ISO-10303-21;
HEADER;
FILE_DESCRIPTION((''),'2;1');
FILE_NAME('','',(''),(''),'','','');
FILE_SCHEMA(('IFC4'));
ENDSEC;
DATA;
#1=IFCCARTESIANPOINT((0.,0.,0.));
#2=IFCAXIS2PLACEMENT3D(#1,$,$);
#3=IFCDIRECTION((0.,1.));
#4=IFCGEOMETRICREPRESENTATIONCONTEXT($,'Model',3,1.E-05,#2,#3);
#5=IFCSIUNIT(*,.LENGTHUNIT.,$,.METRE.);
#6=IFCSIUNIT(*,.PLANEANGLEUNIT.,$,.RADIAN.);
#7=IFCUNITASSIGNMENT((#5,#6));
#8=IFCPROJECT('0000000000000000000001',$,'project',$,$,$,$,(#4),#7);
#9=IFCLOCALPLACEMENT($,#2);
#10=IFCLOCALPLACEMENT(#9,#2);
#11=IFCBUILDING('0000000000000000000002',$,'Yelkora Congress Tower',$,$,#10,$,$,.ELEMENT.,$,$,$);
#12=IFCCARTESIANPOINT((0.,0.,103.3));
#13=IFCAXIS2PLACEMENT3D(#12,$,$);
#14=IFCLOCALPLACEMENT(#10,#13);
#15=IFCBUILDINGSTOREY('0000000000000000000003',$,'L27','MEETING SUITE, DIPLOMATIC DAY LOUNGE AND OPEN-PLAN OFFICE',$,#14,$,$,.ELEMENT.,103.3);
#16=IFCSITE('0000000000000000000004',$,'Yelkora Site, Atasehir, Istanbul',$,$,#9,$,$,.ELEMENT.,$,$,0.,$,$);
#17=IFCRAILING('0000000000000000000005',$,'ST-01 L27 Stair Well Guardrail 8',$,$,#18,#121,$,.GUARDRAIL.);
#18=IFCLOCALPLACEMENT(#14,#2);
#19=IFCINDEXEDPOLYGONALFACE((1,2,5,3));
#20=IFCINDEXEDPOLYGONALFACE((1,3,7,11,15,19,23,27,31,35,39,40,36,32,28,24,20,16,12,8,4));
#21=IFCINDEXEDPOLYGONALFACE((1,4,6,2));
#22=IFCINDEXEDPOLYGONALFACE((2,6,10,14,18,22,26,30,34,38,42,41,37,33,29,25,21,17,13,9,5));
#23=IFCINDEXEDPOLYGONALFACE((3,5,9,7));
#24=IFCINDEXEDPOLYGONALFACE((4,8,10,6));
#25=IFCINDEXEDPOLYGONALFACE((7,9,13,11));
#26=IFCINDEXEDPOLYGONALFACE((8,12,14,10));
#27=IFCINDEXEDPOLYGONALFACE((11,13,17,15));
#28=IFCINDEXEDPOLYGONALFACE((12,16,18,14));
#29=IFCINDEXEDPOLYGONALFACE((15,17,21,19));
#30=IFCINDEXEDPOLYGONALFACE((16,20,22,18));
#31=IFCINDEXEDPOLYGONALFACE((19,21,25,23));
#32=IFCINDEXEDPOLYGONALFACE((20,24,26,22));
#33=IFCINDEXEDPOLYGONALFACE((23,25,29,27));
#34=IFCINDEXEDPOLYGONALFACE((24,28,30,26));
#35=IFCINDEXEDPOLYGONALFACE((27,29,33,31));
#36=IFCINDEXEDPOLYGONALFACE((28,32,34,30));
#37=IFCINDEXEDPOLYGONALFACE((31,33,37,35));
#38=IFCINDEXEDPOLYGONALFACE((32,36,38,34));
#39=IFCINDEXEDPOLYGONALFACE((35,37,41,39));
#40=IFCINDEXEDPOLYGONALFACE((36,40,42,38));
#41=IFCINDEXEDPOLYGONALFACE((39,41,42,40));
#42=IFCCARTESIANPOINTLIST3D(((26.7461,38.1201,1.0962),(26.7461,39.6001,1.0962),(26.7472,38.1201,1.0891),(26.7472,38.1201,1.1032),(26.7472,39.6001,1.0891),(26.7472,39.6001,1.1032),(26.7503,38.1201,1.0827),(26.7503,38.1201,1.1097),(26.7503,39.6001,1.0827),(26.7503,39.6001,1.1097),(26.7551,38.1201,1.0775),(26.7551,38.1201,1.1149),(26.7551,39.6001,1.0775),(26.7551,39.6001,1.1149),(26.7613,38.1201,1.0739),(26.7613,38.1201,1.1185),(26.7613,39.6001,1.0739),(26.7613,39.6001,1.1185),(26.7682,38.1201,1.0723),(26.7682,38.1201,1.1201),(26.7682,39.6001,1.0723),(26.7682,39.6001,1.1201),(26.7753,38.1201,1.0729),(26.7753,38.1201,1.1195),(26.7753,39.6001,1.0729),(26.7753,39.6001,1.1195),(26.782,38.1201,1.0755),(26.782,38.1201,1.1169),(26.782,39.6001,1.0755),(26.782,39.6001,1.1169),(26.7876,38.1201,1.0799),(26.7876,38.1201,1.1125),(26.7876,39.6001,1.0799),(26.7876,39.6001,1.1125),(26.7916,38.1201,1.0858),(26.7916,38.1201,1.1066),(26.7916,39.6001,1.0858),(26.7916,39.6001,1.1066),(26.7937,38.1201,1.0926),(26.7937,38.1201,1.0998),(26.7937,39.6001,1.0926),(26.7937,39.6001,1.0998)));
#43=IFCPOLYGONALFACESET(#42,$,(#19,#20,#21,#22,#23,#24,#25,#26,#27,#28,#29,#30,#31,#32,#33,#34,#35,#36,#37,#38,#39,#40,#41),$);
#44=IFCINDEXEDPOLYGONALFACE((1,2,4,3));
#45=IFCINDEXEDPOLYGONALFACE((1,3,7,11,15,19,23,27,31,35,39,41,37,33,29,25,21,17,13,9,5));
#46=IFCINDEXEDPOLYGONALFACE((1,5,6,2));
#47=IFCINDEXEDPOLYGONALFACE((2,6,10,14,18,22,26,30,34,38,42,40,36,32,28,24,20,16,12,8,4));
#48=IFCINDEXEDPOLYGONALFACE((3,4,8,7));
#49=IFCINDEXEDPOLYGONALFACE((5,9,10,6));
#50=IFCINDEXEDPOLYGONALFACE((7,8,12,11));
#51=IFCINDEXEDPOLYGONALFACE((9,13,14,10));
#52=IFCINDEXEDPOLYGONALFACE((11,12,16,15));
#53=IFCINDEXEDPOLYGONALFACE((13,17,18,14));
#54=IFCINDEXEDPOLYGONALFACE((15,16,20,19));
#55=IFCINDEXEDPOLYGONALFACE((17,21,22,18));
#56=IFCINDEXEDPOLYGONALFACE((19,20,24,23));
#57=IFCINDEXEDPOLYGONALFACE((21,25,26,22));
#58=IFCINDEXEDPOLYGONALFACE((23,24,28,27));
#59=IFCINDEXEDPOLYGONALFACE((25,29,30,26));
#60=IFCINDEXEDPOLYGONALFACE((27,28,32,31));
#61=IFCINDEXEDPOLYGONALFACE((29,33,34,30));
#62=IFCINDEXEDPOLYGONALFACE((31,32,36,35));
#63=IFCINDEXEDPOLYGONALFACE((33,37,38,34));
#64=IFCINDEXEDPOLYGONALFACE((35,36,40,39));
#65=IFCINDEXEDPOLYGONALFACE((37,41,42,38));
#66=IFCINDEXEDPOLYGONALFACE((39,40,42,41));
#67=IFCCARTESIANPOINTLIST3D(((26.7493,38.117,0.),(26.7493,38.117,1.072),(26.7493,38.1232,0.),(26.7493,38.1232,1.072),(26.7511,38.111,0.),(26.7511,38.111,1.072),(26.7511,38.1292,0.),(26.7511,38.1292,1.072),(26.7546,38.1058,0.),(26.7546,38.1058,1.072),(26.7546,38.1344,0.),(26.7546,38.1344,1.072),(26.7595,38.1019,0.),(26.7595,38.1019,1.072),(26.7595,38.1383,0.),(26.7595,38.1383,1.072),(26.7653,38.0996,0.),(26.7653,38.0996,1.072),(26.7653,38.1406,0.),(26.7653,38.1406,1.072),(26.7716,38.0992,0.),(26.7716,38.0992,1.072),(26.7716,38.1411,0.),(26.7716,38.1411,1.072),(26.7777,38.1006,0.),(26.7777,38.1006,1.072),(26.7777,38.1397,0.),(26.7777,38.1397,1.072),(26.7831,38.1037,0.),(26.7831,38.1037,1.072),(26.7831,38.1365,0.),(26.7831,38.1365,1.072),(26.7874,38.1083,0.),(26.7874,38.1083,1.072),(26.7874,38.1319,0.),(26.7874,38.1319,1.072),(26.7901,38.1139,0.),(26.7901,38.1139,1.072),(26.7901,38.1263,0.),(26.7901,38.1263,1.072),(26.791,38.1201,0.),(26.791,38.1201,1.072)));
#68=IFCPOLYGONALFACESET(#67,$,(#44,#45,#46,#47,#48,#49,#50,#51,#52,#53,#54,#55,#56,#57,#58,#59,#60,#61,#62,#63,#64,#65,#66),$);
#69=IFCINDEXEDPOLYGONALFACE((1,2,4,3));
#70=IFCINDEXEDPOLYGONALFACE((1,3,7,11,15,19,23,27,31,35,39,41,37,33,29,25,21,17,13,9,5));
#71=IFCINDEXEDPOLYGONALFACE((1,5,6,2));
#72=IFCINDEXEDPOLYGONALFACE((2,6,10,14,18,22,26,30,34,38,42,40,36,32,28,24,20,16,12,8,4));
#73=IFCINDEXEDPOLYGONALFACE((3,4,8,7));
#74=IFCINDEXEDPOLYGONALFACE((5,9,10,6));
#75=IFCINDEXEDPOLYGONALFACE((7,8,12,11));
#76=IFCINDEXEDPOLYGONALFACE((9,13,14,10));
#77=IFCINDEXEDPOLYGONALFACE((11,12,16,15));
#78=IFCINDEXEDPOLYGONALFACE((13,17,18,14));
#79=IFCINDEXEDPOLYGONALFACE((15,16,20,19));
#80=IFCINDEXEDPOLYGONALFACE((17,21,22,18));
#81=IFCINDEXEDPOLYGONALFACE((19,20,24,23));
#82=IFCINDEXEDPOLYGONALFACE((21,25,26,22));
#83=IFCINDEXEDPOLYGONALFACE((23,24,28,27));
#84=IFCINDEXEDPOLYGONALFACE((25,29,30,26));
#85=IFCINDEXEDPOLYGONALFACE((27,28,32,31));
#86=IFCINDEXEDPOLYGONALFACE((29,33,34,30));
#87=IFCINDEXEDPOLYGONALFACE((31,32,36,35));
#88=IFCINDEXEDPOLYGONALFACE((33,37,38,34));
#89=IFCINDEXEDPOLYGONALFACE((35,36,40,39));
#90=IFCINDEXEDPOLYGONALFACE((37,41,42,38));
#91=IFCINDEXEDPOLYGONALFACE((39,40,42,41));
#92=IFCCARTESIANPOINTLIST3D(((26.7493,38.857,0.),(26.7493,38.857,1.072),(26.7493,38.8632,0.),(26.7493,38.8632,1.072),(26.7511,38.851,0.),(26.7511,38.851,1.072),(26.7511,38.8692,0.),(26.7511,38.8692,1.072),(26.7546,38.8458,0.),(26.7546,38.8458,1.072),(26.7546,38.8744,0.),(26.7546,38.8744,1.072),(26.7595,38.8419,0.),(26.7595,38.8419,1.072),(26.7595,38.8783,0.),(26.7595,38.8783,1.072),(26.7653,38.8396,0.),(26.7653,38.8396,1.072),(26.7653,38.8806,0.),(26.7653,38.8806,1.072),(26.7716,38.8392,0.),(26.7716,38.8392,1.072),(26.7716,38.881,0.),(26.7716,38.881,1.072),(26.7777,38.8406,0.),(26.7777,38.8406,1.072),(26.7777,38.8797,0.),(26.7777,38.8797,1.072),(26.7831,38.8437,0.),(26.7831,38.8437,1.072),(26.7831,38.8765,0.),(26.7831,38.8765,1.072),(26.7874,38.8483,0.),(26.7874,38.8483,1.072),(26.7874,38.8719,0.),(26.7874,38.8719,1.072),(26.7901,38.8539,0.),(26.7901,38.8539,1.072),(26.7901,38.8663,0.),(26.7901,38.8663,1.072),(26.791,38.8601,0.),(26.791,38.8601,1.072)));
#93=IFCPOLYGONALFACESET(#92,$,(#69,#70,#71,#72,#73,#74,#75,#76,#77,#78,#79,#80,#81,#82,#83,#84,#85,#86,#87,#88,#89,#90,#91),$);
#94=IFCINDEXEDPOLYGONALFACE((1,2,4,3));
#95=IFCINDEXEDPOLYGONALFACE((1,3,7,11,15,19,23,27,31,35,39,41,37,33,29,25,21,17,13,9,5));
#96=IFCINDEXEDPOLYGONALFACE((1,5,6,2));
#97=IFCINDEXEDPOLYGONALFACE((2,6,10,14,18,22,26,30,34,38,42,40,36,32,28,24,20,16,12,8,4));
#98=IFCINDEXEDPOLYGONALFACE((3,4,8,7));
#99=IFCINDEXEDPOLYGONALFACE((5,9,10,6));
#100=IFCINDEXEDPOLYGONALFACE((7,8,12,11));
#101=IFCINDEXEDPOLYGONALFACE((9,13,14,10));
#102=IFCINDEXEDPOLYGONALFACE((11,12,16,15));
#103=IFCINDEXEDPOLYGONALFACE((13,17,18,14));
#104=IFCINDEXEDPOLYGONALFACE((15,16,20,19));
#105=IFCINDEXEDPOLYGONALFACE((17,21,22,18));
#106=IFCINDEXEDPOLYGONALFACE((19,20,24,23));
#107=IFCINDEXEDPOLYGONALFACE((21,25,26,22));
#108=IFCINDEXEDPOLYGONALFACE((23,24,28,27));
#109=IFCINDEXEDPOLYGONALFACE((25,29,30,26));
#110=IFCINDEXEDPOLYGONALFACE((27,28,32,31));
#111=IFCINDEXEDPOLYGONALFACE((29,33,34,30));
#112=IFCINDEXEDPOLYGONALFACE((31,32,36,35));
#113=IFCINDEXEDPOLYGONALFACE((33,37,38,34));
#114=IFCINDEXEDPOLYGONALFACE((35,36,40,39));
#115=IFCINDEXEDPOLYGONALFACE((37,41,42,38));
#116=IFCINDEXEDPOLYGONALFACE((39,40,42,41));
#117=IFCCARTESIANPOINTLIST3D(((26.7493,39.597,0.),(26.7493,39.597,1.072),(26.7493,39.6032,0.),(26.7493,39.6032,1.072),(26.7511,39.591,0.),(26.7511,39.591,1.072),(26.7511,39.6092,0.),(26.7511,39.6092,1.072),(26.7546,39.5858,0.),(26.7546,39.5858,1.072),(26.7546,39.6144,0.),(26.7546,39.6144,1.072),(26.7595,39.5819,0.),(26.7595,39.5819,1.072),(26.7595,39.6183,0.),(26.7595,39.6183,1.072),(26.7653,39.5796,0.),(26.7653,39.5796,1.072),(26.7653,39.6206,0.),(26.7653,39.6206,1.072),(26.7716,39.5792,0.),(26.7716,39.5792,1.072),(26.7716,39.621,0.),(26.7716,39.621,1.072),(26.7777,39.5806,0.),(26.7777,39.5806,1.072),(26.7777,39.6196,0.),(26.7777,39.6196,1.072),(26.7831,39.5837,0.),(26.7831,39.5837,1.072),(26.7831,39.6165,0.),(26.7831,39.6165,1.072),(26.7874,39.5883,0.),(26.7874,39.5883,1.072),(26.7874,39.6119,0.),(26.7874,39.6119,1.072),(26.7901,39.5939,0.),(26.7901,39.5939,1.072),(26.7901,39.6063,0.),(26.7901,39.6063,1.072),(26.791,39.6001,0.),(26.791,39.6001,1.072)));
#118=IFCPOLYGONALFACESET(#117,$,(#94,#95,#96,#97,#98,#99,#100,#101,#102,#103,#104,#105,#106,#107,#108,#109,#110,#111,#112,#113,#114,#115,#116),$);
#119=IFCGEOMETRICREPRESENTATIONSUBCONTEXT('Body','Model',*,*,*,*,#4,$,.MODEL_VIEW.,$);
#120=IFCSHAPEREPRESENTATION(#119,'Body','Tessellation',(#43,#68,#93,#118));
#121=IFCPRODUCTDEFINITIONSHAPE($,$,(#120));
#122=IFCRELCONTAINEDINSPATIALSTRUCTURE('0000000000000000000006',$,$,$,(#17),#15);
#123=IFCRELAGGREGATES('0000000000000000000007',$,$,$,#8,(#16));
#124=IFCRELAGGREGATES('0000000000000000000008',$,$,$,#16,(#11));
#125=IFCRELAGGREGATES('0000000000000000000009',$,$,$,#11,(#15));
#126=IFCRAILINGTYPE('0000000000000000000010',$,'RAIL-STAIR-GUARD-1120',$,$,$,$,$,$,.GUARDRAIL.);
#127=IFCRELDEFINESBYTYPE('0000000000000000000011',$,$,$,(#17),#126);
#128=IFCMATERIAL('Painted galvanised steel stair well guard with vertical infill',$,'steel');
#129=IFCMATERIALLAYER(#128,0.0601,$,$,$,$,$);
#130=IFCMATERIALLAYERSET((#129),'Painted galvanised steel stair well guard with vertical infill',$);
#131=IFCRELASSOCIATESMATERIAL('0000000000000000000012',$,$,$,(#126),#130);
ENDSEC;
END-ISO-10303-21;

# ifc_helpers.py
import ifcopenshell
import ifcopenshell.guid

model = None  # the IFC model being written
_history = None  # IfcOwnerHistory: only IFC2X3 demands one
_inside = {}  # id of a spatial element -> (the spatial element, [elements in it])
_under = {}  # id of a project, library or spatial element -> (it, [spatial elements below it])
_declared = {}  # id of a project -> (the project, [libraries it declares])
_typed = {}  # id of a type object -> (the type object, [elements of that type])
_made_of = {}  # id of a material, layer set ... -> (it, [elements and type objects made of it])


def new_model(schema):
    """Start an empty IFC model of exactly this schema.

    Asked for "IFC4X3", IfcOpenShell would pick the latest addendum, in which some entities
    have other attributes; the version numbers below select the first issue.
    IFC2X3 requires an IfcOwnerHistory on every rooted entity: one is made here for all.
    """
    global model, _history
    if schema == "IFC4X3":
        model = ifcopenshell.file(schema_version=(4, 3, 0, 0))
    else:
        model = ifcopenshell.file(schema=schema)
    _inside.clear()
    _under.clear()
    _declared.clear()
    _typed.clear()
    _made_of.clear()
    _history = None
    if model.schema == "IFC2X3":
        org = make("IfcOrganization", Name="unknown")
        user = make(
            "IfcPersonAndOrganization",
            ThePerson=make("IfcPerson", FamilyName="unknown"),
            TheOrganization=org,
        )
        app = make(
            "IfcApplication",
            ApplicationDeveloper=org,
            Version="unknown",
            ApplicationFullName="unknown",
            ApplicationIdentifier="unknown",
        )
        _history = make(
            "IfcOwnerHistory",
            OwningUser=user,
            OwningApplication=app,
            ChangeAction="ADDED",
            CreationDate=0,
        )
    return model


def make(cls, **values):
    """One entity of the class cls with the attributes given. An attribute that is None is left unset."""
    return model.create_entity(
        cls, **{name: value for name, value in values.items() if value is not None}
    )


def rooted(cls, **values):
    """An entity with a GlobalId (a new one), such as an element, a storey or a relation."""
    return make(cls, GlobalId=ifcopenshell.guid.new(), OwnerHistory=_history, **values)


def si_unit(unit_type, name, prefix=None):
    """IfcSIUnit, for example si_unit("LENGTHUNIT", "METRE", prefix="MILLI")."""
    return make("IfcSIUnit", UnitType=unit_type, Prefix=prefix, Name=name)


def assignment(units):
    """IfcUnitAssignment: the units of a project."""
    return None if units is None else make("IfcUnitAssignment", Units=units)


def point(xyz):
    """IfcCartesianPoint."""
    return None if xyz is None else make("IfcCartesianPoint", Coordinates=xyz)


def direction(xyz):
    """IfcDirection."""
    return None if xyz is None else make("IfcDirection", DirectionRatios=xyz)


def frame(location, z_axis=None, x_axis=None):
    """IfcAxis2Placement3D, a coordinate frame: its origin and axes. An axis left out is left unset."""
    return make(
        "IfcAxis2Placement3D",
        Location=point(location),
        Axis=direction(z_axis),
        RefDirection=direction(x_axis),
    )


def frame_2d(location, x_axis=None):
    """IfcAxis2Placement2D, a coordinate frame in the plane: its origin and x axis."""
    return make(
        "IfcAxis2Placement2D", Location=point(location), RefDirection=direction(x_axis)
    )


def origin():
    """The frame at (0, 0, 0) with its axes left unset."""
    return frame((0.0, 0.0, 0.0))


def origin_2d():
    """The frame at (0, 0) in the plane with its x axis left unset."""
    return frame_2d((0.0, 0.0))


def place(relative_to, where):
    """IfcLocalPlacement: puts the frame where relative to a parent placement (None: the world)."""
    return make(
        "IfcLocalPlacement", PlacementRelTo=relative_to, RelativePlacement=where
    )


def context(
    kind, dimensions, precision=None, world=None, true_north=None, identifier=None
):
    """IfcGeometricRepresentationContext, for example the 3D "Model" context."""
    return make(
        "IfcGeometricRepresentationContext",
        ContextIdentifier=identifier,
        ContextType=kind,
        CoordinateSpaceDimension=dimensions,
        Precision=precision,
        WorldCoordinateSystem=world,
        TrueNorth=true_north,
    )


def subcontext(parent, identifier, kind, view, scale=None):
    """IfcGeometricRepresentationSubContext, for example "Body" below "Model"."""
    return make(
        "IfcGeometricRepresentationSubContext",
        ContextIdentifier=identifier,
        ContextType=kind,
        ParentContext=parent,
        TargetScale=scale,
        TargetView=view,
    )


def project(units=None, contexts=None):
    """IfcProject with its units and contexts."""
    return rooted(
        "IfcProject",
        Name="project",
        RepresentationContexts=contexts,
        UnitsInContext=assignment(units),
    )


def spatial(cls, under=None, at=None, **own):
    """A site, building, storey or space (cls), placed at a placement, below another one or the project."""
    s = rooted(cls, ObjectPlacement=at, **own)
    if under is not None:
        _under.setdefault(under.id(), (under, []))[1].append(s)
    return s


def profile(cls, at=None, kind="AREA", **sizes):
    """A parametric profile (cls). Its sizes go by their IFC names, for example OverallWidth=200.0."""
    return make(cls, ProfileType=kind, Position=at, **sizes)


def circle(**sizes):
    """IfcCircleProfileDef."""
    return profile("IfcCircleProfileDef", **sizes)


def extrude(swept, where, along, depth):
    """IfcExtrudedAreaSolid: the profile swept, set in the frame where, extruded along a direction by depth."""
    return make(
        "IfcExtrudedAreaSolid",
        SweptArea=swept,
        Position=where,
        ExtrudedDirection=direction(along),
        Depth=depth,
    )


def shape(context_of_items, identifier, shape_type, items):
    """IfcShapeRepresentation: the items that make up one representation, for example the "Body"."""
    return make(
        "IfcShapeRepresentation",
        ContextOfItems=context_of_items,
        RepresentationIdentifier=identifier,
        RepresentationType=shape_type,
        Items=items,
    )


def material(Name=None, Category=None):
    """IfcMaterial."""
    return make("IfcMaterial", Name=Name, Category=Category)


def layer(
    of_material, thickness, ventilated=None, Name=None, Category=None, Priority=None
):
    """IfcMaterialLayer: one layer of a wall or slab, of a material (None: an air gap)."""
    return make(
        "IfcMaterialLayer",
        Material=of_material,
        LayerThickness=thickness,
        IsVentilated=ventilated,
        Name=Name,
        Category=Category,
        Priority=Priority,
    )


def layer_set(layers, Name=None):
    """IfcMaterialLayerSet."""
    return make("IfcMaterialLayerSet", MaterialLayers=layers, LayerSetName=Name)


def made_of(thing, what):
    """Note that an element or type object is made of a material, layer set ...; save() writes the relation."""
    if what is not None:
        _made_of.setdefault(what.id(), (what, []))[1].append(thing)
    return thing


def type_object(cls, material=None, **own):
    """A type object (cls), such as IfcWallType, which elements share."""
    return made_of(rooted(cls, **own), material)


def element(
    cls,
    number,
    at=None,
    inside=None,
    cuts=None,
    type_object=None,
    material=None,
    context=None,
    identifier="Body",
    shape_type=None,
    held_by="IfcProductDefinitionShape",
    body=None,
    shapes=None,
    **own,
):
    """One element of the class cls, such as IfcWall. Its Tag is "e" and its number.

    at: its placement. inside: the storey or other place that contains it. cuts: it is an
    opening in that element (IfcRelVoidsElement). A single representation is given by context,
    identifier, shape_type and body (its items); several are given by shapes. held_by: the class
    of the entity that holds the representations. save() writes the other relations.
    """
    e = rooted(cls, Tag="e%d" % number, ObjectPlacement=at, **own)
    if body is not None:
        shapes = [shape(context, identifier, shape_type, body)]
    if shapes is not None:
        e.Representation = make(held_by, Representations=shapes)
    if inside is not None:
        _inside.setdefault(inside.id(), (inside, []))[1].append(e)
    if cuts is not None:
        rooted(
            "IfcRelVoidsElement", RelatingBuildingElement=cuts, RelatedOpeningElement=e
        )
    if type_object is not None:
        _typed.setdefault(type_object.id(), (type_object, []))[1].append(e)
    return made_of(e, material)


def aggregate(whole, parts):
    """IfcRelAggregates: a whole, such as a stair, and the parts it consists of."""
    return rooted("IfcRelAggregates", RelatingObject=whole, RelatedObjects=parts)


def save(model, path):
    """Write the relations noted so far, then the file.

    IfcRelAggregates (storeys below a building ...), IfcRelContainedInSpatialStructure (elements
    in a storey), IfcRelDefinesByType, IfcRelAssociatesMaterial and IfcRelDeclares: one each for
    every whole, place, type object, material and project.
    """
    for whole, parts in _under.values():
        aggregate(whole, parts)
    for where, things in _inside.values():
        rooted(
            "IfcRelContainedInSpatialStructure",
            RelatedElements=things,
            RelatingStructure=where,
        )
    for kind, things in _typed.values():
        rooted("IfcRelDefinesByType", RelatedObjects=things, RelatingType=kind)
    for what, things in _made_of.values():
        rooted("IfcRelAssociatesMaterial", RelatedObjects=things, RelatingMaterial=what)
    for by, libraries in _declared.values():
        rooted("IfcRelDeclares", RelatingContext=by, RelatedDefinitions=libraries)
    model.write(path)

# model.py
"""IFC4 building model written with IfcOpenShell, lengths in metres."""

from ifc_helpers import new_model, si_unit, direction, frame, origin, origin_2d, place, context, subcontext, project, spatial, circle, extrude, material, layer, layer_set, type_object, element, save


model = new_model("IFC4")

# Units and contexts
model_context = context("Model", 3, precision=1e-05, world=origin(), true_north=direction((0.0, 1.0)))
body_context = subcontext(model_context, "Body", "Model", "MODEL_VIEW")
ifc_project = project(units=[si_unit("LENGTHUNIT", "METRE"), si_unit("PLANEANGLEUNIT", "RADIAN")], contexts=[model_context])

# Site, building, storey
site_placement = place(None, origin())
site = spatial("IfcSite", under=ifc_project, at=site_placement, Name="Yelkora Site, Atasehir, Istanbul", CompositionType="ELEMENT", RefElevation=0.0)
building_placement = place(site_placement, origin())
building = spatial("IfcBuilding", under=site, at=building_placement, Name="Yelkora Congress Tower", CompositionType="ELEMENT")
storey_placement = place(building_placement, frame((0.0, 0.0, 103.3)))
storey = spatial("IfcBuildingStorey", under=building, at=storey_placement, Name="L27", Description="MEETING SUITE, DIPLOMATIC DAY LOUNGE AND OPEN-PLAN OFFICE", CompositionType="ELEMENT", Elevation=103.3)

# Railing
ifc_material_1 = material(Name="Painted galvanised steel stair well guard with vertical infill", Category="steel")
ifc_layer_1 = layer(ifc_material_1, 0.0601)
ifc_layer_set_1 = layer_set([ifc_layer_1], Name="Painted galvanised steel stair well guard with vertical infill")
railing_type_1 = type_object("IfcRailingType", Name="RAIL-STAIR-GUARD-1120", PredefinedType="GUARDRAIL", material=ifc_layer_set_1)
railing_1_placement = place(storey_placement, frame((26.77, 38.1201, 0.0)))
element("IfcRailing", 1, at=railing_1_placement, inside=storey, type_object=railing_type_1, Name="ST-01 L27 Stair Well Guardrail 8", PredefinedType="GUARDRAIL", context=body_context, shape_type="SweptSolid", body=[
    extrude(circle(Radius=0.0239, at=origin_2d()), frame((0.0, 0.0, 1.0962), z_axis=(0.0, 1.0, 0.0), x_axis=(-1.0, 0.0, 0.0)), (0.0, 0.0, 1.0), 1.48),
    extrude(circle(Radius=0.021, at=origin_2d()), origin(), (0.0, 0.0, 1.0), 1.072),
    extrude(circle(Radius=0.021, at=origin_2d()), frame((0.0, 0.74, 0.0)), (0.0, 0.0, 1.0), 1.072),
    extrude(circle(Radius=0.021, at=origin_2d()), frame((0.0, 1.48, 0.0)), (0.0, 0.0, 1.0), 1.072),
])

save(model, "model.ifc")
